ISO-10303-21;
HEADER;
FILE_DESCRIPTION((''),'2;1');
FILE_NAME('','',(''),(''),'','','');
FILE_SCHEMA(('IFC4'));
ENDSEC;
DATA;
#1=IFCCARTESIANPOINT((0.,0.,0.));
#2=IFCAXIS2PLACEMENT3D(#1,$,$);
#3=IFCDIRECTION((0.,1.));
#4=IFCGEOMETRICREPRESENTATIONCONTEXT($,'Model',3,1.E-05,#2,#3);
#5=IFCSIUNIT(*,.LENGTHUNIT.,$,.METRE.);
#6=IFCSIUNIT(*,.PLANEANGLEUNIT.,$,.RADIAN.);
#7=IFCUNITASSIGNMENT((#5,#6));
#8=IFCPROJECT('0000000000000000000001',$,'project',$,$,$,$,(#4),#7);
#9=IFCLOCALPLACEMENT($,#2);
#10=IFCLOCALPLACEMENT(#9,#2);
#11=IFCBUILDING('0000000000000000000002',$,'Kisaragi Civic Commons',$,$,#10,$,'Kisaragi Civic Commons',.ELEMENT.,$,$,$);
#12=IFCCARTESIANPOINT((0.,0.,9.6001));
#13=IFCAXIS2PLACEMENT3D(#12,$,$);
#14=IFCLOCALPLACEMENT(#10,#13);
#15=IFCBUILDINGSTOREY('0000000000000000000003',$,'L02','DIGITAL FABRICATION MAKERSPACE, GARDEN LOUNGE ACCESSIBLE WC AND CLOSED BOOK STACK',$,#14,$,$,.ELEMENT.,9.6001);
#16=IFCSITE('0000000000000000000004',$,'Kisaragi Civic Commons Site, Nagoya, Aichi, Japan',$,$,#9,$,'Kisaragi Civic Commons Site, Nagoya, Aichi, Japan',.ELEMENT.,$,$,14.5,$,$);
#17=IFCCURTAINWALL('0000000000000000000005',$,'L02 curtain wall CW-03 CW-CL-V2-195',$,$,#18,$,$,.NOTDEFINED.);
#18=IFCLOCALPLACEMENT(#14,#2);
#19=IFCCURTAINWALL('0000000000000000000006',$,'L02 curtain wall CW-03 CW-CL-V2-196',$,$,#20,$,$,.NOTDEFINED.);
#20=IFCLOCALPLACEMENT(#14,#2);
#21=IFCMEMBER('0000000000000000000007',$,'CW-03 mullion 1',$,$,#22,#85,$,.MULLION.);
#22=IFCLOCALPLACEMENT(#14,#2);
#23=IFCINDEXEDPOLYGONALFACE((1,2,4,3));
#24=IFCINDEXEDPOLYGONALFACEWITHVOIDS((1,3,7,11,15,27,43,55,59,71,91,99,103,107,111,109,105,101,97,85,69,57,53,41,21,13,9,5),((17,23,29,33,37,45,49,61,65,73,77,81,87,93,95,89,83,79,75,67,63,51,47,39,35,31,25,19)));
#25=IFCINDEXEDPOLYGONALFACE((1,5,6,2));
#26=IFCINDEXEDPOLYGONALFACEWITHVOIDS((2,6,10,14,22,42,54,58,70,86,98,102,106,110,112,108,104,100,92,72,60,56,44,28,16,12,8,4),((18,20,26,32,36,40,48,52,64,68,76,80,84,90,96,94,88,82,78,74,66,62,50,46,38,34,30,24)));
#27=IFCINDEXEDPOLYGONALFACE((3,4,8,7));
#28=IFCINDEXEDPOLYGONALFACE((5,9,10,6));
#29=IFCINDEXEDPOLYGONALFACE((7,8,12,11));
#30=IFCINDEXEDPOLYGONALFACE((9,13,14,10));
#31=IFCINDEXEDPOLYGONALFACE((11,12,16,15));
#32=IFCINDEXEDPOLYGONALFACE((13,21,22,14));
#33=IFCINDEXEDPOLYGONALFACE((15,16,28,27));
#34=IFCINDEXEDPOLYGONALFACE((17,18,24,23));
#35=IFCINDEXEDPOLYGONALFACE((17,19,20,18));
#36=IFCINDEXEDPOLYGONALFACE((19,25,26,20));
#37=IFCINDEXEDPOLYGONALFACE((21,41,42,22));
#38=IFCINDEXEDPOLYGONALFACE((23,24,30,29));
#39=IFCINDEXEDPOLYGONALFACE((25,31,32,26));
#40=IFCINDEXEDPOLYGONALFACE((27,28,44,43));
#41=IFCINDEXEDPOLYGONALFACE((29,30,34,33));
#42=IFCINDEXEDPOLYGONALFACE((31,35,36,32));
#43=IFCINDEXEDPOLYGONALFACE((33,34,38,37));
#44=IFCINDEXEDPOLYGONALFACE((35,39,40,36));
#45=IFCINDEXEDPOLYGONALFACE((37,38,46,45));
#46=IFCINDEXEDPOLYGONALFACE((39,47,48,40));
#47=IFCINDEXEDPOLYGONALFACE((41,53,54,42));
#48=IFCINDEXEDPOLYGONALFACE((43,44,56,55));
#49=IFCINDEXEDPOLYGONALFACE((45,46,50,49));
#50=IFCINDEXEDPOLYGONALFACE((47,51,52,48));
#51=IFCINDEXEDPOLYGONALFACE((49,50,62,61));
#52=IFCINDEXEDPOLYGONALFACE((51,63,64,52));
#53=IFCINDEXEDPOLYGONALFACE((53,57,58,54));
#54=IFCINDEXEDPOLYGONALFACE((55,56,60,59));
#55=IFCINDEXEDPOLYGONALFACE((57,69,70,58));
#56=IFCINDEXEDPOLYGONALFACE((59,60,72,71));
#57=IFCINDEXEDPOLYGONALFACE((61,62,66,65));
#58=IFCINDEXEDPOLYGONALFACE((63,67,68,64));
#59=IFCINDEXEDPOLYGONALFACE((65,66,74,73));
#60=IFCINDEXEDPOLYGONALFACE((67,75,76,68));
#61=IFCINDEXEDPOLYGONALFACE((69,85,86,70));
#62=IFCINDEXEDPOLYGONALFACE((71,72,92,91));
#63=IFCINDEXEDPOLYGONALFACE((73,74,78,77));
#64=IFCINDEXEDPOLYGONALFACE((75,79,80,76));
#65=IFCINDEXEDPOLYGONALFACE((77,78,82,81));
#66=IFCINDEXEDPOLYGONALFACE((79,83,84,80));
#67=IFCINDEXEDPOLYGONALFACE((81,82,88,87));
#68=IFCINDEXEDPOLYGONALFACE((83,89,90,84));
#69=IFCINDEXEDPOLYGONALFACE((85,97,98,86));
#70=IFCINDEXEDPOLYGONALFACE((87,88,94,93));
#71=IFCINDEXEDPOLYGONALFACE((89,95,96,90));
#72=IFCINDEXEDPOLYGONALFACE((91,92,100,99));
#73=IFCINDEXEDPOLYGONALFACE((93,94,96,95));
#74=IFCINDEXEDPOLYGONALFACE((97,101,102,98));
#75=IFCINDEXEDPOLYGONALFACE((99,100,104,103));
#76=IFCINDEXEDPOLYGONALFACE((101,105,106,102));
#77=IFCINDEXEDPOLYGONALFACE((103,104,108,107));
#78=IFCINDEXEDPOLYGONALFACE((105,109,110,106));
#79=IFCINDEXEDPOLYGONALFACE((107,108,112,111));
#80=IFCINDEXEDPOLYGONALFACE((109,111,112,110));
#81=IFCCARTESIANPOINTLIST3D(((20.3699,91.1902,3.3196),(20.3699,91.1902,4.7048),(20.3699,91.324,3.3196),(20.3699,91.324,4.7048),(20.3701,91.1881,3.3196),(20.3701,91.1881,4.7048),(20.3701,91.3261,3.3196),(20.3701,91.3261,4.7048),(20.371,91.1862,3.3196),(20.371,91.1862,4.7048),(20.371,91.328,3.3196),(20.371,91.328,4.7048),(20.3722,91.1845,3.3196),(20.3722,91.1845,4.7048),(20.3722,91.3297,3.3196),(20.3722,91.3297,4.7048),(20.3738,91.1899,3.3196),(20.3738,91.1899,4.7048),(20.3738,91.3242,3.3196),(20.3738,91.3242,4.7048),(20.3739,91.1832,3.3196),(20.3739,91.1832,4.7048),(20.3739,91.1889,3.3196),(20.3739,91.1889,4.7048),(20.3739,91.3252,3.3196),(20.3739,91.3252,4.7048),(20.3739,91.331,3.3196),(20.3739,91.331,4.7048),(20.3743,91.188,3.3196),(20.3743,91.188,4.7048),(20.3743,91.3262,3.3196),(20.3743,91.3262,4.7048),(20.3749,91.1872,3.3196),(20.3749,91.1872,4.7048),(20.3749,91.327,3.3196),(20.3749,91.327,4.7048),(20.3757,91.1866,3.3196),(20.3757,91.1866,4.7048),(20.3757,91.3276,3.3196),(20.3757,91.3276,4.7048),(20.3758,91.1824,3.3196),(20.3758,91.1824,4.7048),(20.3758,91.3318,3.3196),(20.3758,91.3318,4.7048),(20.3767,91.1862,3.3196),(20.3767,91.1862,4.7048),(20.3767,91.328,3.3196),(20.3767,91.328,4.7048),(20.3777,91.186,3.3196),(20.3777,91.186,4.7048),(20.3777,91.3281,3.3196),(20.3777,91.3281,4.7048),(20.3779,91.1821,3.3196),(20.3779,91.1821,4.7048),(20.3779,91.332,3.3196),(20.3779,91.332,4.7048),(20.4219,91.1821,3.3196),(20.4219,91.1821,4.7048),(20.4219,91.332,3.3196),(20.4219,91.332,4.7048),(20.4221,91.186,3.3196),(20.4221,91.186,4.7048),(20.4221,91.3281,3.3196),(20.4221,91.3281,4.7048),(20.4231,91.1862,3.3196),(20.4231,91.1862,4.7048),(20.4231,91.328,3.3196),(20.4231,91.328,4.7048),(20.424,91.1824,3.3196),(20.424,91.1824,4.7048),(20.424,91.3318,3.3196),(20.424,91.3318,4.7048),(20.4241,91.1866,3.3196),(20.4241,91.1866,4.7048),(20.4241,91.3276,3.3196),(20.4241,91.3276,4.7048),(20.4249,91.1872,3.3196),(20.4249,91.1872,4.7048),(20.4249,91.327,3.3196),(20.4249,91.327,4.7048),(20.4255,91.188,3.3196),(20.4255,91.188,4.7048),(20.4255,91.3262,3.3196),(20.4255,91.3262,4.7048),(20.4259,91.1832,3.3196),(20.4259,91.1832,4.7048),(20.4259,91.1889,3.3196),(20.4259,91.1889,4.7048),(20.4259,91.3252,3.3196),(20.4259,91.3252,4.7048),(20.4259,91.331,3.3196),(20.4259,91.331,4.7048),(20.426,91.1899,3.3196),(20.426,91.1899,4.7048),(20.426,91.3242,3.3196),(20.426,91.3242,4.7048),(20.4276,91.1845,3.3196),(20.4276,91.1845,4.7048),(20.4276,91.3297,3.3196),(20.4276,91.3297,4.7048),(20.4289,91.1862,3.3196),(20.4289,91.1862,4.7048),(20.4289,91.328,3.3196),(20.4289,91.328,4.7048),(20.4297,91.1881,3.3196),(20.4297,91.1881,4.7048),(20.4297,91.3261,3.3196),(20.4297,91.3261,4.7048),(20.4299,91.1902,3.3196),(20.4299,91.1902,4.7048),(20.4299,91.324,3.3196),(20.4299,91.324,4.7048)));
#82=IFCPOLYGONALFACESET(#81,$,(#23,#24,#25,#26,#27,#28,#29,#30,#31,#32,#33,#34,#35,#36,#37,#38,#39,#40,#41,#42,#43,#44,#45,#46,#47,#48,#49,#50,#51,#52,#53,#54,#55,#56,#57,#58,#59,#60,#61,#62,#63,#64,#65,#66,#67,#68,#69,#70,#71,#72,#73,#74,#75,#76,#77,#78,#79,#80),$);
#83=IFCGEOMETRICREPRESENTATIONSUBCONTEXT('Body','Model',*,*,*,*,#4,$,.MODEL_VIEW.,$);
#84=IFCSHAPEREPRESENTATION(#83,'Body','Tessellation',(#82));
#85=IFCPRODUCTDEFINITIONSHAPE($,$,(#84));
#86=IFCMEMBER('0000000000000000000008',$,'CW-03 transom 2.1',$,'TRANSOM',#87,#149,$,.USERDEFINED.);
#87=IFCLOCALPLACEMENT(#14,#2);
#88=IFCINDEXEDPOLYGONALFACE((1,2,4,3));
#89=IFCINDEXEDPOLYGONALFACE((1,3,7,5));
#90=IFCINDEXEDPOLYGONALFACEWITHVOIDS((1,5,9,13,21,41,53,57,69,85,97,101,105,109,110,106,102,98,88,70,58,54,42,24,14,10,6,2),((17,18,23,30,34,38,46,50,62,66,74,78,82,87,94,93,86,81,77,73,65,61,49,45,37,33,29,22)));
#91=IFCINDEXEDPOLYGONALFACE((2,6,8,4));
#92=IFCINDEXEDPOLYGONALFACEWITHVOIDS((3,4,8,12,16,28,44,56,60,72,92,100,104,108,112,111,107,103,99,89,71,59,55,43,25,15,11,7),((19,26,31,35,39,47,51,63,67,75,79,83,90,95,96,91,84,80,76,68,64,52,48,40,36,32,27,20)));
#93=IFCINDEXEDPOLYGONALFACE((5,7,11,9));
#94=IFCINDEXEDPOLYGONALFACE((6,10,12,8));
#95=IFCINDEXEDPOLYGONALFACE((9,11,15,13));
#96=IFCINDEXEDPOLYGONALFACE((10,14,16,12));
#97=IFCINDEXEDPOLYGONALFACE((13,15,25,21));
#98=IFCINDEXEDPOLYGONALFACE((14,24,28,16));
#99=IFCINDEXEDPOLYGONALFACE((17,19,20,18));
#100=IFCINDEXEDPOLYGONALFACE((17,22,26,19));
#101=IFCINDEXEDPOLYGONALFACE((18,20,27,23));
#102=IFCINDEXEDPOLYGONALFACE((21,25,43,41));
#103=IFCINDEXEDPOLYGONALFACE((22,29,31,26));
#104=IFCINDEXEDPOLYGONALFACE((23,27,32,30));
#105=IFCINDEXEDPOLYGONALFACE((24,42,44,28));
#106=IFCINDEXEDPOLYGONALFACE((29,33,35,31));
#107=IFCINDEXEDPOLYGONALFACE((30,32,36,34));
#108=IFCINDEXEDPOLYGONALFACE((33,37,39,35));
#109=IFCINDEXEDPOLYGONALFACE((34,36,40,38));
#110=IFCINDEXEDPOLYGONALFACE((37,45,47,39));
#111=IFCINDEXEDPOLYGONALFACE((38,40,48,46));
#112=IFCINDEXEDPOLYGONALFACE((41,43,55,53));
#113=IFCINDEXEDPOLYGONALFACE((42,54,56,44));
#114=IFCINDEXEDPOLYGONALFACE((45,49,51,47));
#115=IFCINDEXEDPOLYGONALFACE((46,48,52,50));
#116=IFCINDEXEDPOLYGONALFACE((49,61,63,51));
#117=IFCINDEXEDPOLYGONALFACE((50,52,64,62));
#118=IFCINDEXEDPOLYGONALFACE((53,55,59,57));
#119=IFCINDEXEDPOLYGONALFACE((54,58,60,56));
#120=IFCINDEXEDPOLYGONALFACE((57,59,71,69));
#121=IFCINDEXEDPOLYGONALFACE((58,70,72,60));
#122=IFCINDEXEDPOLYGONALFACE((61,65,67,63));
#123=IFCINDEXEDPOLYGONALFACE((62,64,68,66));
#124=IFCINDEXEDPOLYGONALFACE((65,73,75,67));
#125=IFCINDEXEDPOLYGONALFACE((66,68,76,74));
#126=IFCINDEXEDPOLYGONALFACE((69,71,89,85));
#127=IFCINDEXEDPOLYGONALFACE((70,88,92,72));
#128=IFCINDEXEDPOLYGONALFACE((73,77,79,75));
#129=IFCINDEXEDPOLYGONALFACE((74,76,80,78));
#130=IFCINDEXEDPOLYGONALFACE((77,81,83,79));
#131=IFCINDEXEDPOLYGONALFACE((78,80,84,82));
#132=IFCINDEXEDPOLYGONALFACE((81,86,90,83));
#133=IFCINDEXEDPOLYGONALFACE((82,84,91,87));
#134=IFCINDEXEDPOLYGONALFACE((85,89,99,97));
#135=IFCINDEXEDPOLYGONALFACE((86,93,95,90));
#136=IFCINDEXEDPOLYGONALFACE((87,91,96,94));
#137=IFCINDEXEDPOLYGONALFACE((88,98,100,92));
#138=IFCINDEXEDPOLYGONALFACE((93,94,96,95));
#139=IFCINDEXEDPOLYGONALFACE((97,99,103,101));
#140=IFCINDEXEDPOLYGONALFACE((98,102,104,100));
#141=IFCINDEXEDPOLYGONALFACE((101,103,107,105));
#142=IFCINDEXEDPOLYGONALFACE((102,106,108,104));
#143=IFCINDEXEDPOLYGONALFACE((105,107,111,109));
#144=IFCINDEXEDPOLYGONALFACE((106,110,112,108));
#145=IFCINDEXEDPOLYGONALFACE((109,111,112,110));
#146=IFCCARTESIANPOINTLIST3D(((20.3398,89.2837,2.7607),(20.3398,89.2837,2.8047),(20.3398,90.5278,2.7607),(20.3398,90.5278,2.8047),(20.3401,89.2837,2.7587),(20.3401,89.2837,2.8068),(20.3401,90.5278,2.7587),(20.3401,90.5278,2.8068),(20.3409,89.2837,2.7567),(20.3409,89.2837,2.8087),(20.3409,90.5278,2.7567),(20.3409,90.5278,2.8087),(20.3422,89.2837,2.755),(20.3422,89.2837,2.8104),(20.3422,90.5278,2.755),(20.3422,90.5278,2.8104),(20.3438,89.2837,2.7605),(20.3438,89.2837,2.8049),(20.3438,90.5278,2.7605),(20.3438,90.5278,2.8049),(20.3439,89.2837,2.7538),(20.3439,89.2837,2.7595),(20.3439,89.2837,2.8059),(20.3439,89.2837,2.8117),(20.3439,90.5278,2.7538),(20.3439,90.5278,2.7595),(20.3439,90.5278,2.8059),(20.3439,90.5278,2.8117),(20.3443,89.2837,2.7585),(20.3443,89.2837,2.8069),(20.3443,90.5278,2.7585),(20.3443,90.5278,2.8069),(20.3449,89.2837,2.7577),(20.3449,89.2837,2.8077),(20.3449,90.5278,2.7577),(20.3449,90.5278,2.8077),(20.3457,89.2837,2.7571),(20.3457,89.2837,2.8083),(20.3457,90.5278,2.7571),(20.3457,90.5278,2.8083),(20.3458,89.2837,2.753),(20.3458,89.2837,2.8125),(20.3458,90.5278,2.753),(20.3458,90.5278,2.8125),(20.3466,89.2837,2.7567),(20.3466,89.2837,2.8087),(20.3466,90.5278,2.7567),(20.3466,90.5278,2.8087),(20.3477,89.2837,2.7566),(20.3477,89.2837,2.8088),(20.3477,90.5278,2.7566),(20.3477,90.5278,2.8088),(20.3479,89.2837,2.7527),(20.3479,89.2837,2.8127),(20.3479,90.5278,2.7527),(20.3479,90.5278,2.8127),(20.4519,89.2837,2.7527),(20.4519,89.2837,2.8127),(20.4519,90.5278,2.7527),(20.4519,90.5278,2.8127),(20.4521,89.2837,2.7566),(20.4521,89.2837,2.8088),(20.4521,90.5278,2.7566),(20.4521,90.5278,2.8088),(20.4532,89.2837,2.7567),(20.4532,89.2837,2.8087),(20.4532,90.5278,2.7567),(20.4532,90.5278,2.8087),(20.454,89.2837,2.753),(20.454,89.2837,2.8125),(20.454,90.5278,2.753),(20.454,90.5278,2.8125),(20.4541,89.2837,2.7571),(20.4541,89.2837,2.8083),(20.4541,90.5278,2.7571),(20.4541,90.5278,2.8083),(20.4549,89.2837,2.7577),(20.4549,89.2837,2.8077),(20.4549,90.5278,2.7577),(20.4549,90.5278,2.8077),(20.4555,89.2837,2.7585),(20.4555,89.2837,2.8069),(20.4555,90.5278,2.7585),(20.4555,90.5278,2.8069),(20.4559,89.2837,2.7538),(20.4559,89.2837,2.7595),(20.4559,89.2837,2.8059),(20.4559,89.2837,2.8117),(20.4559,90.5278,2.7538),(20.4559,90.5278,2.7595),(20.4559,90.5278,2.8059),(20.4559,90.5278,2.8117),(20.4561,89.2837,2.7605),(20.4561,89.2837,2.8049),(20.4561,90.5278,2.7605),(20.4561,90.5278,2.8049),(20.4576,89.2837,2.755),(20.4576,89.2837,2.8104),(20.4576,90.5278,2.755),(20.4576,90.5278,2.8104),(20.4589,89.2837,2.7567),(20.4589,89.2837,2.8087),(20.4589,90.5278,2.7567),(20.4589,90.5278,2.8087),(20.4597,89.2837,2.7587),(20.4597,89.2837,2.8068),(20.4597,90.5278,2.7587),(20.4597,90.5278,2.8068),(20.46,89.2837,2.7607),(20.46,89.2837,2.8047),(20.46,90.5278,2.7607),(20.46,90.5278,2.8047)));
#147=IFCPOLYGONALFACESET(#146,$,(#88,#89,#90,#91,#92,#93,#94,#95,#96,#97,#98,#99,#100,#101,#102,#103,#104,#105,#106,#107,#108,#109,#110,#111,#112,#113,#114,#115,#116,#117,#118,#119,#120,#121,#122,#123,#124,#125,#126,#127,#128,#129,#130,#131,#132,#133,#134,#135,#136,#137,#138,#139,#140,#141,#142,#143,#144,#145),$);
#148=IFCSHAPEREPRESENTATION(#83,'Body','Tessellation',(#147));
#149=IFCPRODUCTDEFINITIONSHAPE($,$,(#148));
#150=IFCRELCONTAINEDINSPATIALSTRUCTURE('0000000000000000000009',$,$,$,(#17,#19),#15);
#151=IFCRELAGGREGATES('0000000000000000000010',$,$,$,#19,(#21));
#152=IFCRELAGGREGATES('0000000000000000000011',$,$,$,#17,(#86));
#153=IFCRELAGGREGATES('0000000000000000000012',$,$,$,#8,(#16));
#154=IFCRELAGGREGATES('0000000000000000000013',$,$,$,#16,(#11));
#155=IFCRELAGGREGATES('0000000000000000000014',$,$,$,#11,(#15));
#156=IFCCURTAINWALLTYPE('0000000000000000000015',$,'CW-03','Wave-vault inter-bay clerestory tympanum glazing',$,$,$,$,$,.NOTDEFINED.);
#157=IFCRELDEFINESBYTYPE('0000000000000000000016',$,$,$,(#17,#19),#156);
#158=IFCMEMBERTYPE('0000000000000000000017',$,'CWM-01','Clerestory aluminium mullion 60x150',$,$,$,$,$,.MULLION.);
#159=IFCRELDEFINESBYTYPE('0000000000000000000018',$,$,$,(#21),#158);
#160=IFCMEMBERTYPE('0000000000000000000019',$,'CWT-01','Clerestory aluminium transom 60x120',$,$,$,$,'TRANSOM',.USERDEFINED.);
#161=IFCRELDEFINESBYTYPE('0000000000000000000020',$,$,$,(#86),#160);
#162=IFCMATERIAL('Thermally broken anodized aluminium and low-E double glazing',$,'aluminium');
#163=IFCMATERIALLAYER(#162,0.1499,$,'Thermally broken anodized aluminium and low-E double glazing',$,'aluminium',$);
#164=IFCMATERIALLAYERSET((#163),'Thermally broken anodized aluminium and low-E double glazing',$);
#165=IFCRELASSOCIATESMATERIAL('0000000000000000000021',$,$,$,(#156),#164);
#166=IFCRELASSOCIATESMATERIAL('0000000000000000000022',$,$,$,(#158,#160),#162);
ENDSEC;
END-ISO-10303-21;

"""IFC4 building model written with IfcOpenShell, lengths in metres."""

from ifc_helpers import new_model, si_unit, direction, frame, origin, origin_2d, place, context, subcontext, project, spatial, hollow_rectangle, extrude, material, layer, layer_set, material_profile, profile_set, type_object, element, aggregate, save


model = new_model("IFC4")

# Units and contexts
model_context = context("Model", 3, precision=1e-05, world=origin(), true_north=direction((0.0, 1.0)))
body_context = subcontext(model_context, "Body", "Model", "MODEL_VIEW")
ifc_project = project(units=[si_unit("LENGTHUNIT", "METRE"), si_unit("PLANEANGLEUNIT", "RADIAN")], contexts=[model_context])

# Site, building, storey
site_placement = place(None, origin())
site = spatial("IfcSite", under=ifc_project, at=site_placement, Name="Kisaragi Civic Commons Site, Nagoya, Aichi, Japan", LongName="Kisaragi Civic Commons Site, Nagoya, Aichi, Japan", CompositionType="ELEMENT", RefElevation=14.5)
building_placement = place(site_placement, origin())
building = spatial("IfcBuilding", under=site, at=building_placement, Name="Kisaragi Civic Commons", LongName="Kisaragi Civic Commons", CompositionType="ELEMENT")
storey_placement = place(building_placement, frame((0.0, 0.0, 9.6001)))
storey = spatial("IfcBuildingStorey", under=building, at=storey_placement, Name="L02", Description="DIGITAL FABRICATION MAKERSPACE, GARDEN LOUNGE ACCESSIBLE WC AND CLOSED BOOK STACK", CompositionType="ELEMENT", Elevation=9.6001)

# Curtain wall
ifc_material_1 = material(Name="Thermally broken anodized aluminium and low-E double glazing", Category="aluminium")
ifc_layer_1 = layer(ifc_material_1, 0.1499, Name="Thermally broken anodized aluminium and low-E double glazing", Category="aluminium")
ifc_layer_set_1 = layer_set([ifc_layer_1], Name="Thermally broken anodized aluminium and low-E double glazing")
curtain_wall_type = type_object("IfcCurtainWallType", Name="CW-03", Description="Wave-vault inter-bay clerestory tympanum glazing", PredefinedType="NOTDEFINED", material=ifc_layer_set_1)
curtain_wall_1_placement = place(storey_placement, origin())
curtain_wall_1 = element("IfcCurtainWall", 1, at=curtain_wall_1_placement, inside=storey, type_object=curtain_wall_type, Name="L02 curtain wall CW-03 CW-CL-V2-195", PredefinedType="NOTDEFINED")
ifc_material_profile_1 = material_profile(ifc_material_1, hollow_rectangle(XDim=0.0601, YDim=0.1499, WallThickness=0.0039, InnerFilletRadius=0.0039, OuterFilletRadius=0.0081, at=origin_2d()), Name="CWM-60x150x4", Category="aluminium")
ifc_profile_set_1 = profile_set([ifc_material_profile_1], Name="Thermally broken anodized aluminium and low-E double glazing")
member_type_1 = type_object("IfcMemberType", Name="CWM-01", Description="Clerestory aluminium mullion 60x150", PredefinedType="MULLION", material=ifc_profile_set_1)

# Curtain wall, member
curtain_wall_2_placement = place(storey_placement, origin())
curtain_wall_2 = element("IfcCurtainWall", 2, at=curtain_wall_2_placement, inside=storey, type_object=curtain_wall_type, Name="L02 curtain wall CW-03 CW-CL-V2-196", PredefinedType="NOTDEFINED")
member_1_placement = place(storey_placement, frame((20.3999, 91.2571, 3.3196), z_axis=(0.0, 0.0, 1.0), x_axis=(-1.0, 0.0, 0.0)))
member_1 = element("IfcMember", 3, at=member_1_placement, type_object=member_type_1, Name="CW-03 mullion 1", PredefinedType="MULLION", context=body_context, shape_type="SweptSolid", body=[
    extrude(hollow_rectangle(XDim=0.0601, YDim=0.1499, WallThickness=0.0039, InnerFilletRadius=0.0039, OuterFilletRadius=0.0081, at=origin_2d()), origin(), (0.0, 0.0, 1.0), 1.3853),
])

# Member
ifc_material_profile_2 = material_profile(ifc_material_1, hollow_rectangle(XDim=0.1201, YDim=0.0601, WallThickness=0.0039, InnerFilletRadius=0.0039, OuterFilletRadius=0.0081, at=origin_2d()), Name="CWT-60x120x4", Category="aluminium")
ifc_profile_set_2 = profile_set([ifc_material_profile_2], Name="Thermally broken anodized aluminium and low-E double glazing")
member_type_2 = type_object("IfcMemberType", Name="CWT-01", Description="Clerestory aluminium transom 60x120", ElementType="TRANSOM", PredefinedType="USERDEFINED", material=ifc_profile_set_2)
member_2_placement = place(storey_placement, frame((20.3999, 89.2837, 2.7827), z_axis=(0.0, 1.0, 0.0), x_axis=(-1.0, 0.0, 0.0)))
member_2 = element("IfcMember", 4, at=member_2_placement, type_object=member_type_2, Name="CW-03 transom 2.1", ObjectType="TRANSOM", PredefinedType="USERDEFINED", context=body_context, shape_type="SweptSolid", body=[
    extrude(hollow_rectangle(XDim=0.1201, YDim=0.0601, WallThickness=0.0039, InnerFilletRadius=0.0039, OuterFilletRadius=0.0081, at=origin_2d()), origin(), (0.0, 0.0, 1.0), 1.2441),
])
aggregate(curtain_wall_2, [member_1])

aggregate(curtain_wall_1, [member_2])

save(model, "model.ifc")
